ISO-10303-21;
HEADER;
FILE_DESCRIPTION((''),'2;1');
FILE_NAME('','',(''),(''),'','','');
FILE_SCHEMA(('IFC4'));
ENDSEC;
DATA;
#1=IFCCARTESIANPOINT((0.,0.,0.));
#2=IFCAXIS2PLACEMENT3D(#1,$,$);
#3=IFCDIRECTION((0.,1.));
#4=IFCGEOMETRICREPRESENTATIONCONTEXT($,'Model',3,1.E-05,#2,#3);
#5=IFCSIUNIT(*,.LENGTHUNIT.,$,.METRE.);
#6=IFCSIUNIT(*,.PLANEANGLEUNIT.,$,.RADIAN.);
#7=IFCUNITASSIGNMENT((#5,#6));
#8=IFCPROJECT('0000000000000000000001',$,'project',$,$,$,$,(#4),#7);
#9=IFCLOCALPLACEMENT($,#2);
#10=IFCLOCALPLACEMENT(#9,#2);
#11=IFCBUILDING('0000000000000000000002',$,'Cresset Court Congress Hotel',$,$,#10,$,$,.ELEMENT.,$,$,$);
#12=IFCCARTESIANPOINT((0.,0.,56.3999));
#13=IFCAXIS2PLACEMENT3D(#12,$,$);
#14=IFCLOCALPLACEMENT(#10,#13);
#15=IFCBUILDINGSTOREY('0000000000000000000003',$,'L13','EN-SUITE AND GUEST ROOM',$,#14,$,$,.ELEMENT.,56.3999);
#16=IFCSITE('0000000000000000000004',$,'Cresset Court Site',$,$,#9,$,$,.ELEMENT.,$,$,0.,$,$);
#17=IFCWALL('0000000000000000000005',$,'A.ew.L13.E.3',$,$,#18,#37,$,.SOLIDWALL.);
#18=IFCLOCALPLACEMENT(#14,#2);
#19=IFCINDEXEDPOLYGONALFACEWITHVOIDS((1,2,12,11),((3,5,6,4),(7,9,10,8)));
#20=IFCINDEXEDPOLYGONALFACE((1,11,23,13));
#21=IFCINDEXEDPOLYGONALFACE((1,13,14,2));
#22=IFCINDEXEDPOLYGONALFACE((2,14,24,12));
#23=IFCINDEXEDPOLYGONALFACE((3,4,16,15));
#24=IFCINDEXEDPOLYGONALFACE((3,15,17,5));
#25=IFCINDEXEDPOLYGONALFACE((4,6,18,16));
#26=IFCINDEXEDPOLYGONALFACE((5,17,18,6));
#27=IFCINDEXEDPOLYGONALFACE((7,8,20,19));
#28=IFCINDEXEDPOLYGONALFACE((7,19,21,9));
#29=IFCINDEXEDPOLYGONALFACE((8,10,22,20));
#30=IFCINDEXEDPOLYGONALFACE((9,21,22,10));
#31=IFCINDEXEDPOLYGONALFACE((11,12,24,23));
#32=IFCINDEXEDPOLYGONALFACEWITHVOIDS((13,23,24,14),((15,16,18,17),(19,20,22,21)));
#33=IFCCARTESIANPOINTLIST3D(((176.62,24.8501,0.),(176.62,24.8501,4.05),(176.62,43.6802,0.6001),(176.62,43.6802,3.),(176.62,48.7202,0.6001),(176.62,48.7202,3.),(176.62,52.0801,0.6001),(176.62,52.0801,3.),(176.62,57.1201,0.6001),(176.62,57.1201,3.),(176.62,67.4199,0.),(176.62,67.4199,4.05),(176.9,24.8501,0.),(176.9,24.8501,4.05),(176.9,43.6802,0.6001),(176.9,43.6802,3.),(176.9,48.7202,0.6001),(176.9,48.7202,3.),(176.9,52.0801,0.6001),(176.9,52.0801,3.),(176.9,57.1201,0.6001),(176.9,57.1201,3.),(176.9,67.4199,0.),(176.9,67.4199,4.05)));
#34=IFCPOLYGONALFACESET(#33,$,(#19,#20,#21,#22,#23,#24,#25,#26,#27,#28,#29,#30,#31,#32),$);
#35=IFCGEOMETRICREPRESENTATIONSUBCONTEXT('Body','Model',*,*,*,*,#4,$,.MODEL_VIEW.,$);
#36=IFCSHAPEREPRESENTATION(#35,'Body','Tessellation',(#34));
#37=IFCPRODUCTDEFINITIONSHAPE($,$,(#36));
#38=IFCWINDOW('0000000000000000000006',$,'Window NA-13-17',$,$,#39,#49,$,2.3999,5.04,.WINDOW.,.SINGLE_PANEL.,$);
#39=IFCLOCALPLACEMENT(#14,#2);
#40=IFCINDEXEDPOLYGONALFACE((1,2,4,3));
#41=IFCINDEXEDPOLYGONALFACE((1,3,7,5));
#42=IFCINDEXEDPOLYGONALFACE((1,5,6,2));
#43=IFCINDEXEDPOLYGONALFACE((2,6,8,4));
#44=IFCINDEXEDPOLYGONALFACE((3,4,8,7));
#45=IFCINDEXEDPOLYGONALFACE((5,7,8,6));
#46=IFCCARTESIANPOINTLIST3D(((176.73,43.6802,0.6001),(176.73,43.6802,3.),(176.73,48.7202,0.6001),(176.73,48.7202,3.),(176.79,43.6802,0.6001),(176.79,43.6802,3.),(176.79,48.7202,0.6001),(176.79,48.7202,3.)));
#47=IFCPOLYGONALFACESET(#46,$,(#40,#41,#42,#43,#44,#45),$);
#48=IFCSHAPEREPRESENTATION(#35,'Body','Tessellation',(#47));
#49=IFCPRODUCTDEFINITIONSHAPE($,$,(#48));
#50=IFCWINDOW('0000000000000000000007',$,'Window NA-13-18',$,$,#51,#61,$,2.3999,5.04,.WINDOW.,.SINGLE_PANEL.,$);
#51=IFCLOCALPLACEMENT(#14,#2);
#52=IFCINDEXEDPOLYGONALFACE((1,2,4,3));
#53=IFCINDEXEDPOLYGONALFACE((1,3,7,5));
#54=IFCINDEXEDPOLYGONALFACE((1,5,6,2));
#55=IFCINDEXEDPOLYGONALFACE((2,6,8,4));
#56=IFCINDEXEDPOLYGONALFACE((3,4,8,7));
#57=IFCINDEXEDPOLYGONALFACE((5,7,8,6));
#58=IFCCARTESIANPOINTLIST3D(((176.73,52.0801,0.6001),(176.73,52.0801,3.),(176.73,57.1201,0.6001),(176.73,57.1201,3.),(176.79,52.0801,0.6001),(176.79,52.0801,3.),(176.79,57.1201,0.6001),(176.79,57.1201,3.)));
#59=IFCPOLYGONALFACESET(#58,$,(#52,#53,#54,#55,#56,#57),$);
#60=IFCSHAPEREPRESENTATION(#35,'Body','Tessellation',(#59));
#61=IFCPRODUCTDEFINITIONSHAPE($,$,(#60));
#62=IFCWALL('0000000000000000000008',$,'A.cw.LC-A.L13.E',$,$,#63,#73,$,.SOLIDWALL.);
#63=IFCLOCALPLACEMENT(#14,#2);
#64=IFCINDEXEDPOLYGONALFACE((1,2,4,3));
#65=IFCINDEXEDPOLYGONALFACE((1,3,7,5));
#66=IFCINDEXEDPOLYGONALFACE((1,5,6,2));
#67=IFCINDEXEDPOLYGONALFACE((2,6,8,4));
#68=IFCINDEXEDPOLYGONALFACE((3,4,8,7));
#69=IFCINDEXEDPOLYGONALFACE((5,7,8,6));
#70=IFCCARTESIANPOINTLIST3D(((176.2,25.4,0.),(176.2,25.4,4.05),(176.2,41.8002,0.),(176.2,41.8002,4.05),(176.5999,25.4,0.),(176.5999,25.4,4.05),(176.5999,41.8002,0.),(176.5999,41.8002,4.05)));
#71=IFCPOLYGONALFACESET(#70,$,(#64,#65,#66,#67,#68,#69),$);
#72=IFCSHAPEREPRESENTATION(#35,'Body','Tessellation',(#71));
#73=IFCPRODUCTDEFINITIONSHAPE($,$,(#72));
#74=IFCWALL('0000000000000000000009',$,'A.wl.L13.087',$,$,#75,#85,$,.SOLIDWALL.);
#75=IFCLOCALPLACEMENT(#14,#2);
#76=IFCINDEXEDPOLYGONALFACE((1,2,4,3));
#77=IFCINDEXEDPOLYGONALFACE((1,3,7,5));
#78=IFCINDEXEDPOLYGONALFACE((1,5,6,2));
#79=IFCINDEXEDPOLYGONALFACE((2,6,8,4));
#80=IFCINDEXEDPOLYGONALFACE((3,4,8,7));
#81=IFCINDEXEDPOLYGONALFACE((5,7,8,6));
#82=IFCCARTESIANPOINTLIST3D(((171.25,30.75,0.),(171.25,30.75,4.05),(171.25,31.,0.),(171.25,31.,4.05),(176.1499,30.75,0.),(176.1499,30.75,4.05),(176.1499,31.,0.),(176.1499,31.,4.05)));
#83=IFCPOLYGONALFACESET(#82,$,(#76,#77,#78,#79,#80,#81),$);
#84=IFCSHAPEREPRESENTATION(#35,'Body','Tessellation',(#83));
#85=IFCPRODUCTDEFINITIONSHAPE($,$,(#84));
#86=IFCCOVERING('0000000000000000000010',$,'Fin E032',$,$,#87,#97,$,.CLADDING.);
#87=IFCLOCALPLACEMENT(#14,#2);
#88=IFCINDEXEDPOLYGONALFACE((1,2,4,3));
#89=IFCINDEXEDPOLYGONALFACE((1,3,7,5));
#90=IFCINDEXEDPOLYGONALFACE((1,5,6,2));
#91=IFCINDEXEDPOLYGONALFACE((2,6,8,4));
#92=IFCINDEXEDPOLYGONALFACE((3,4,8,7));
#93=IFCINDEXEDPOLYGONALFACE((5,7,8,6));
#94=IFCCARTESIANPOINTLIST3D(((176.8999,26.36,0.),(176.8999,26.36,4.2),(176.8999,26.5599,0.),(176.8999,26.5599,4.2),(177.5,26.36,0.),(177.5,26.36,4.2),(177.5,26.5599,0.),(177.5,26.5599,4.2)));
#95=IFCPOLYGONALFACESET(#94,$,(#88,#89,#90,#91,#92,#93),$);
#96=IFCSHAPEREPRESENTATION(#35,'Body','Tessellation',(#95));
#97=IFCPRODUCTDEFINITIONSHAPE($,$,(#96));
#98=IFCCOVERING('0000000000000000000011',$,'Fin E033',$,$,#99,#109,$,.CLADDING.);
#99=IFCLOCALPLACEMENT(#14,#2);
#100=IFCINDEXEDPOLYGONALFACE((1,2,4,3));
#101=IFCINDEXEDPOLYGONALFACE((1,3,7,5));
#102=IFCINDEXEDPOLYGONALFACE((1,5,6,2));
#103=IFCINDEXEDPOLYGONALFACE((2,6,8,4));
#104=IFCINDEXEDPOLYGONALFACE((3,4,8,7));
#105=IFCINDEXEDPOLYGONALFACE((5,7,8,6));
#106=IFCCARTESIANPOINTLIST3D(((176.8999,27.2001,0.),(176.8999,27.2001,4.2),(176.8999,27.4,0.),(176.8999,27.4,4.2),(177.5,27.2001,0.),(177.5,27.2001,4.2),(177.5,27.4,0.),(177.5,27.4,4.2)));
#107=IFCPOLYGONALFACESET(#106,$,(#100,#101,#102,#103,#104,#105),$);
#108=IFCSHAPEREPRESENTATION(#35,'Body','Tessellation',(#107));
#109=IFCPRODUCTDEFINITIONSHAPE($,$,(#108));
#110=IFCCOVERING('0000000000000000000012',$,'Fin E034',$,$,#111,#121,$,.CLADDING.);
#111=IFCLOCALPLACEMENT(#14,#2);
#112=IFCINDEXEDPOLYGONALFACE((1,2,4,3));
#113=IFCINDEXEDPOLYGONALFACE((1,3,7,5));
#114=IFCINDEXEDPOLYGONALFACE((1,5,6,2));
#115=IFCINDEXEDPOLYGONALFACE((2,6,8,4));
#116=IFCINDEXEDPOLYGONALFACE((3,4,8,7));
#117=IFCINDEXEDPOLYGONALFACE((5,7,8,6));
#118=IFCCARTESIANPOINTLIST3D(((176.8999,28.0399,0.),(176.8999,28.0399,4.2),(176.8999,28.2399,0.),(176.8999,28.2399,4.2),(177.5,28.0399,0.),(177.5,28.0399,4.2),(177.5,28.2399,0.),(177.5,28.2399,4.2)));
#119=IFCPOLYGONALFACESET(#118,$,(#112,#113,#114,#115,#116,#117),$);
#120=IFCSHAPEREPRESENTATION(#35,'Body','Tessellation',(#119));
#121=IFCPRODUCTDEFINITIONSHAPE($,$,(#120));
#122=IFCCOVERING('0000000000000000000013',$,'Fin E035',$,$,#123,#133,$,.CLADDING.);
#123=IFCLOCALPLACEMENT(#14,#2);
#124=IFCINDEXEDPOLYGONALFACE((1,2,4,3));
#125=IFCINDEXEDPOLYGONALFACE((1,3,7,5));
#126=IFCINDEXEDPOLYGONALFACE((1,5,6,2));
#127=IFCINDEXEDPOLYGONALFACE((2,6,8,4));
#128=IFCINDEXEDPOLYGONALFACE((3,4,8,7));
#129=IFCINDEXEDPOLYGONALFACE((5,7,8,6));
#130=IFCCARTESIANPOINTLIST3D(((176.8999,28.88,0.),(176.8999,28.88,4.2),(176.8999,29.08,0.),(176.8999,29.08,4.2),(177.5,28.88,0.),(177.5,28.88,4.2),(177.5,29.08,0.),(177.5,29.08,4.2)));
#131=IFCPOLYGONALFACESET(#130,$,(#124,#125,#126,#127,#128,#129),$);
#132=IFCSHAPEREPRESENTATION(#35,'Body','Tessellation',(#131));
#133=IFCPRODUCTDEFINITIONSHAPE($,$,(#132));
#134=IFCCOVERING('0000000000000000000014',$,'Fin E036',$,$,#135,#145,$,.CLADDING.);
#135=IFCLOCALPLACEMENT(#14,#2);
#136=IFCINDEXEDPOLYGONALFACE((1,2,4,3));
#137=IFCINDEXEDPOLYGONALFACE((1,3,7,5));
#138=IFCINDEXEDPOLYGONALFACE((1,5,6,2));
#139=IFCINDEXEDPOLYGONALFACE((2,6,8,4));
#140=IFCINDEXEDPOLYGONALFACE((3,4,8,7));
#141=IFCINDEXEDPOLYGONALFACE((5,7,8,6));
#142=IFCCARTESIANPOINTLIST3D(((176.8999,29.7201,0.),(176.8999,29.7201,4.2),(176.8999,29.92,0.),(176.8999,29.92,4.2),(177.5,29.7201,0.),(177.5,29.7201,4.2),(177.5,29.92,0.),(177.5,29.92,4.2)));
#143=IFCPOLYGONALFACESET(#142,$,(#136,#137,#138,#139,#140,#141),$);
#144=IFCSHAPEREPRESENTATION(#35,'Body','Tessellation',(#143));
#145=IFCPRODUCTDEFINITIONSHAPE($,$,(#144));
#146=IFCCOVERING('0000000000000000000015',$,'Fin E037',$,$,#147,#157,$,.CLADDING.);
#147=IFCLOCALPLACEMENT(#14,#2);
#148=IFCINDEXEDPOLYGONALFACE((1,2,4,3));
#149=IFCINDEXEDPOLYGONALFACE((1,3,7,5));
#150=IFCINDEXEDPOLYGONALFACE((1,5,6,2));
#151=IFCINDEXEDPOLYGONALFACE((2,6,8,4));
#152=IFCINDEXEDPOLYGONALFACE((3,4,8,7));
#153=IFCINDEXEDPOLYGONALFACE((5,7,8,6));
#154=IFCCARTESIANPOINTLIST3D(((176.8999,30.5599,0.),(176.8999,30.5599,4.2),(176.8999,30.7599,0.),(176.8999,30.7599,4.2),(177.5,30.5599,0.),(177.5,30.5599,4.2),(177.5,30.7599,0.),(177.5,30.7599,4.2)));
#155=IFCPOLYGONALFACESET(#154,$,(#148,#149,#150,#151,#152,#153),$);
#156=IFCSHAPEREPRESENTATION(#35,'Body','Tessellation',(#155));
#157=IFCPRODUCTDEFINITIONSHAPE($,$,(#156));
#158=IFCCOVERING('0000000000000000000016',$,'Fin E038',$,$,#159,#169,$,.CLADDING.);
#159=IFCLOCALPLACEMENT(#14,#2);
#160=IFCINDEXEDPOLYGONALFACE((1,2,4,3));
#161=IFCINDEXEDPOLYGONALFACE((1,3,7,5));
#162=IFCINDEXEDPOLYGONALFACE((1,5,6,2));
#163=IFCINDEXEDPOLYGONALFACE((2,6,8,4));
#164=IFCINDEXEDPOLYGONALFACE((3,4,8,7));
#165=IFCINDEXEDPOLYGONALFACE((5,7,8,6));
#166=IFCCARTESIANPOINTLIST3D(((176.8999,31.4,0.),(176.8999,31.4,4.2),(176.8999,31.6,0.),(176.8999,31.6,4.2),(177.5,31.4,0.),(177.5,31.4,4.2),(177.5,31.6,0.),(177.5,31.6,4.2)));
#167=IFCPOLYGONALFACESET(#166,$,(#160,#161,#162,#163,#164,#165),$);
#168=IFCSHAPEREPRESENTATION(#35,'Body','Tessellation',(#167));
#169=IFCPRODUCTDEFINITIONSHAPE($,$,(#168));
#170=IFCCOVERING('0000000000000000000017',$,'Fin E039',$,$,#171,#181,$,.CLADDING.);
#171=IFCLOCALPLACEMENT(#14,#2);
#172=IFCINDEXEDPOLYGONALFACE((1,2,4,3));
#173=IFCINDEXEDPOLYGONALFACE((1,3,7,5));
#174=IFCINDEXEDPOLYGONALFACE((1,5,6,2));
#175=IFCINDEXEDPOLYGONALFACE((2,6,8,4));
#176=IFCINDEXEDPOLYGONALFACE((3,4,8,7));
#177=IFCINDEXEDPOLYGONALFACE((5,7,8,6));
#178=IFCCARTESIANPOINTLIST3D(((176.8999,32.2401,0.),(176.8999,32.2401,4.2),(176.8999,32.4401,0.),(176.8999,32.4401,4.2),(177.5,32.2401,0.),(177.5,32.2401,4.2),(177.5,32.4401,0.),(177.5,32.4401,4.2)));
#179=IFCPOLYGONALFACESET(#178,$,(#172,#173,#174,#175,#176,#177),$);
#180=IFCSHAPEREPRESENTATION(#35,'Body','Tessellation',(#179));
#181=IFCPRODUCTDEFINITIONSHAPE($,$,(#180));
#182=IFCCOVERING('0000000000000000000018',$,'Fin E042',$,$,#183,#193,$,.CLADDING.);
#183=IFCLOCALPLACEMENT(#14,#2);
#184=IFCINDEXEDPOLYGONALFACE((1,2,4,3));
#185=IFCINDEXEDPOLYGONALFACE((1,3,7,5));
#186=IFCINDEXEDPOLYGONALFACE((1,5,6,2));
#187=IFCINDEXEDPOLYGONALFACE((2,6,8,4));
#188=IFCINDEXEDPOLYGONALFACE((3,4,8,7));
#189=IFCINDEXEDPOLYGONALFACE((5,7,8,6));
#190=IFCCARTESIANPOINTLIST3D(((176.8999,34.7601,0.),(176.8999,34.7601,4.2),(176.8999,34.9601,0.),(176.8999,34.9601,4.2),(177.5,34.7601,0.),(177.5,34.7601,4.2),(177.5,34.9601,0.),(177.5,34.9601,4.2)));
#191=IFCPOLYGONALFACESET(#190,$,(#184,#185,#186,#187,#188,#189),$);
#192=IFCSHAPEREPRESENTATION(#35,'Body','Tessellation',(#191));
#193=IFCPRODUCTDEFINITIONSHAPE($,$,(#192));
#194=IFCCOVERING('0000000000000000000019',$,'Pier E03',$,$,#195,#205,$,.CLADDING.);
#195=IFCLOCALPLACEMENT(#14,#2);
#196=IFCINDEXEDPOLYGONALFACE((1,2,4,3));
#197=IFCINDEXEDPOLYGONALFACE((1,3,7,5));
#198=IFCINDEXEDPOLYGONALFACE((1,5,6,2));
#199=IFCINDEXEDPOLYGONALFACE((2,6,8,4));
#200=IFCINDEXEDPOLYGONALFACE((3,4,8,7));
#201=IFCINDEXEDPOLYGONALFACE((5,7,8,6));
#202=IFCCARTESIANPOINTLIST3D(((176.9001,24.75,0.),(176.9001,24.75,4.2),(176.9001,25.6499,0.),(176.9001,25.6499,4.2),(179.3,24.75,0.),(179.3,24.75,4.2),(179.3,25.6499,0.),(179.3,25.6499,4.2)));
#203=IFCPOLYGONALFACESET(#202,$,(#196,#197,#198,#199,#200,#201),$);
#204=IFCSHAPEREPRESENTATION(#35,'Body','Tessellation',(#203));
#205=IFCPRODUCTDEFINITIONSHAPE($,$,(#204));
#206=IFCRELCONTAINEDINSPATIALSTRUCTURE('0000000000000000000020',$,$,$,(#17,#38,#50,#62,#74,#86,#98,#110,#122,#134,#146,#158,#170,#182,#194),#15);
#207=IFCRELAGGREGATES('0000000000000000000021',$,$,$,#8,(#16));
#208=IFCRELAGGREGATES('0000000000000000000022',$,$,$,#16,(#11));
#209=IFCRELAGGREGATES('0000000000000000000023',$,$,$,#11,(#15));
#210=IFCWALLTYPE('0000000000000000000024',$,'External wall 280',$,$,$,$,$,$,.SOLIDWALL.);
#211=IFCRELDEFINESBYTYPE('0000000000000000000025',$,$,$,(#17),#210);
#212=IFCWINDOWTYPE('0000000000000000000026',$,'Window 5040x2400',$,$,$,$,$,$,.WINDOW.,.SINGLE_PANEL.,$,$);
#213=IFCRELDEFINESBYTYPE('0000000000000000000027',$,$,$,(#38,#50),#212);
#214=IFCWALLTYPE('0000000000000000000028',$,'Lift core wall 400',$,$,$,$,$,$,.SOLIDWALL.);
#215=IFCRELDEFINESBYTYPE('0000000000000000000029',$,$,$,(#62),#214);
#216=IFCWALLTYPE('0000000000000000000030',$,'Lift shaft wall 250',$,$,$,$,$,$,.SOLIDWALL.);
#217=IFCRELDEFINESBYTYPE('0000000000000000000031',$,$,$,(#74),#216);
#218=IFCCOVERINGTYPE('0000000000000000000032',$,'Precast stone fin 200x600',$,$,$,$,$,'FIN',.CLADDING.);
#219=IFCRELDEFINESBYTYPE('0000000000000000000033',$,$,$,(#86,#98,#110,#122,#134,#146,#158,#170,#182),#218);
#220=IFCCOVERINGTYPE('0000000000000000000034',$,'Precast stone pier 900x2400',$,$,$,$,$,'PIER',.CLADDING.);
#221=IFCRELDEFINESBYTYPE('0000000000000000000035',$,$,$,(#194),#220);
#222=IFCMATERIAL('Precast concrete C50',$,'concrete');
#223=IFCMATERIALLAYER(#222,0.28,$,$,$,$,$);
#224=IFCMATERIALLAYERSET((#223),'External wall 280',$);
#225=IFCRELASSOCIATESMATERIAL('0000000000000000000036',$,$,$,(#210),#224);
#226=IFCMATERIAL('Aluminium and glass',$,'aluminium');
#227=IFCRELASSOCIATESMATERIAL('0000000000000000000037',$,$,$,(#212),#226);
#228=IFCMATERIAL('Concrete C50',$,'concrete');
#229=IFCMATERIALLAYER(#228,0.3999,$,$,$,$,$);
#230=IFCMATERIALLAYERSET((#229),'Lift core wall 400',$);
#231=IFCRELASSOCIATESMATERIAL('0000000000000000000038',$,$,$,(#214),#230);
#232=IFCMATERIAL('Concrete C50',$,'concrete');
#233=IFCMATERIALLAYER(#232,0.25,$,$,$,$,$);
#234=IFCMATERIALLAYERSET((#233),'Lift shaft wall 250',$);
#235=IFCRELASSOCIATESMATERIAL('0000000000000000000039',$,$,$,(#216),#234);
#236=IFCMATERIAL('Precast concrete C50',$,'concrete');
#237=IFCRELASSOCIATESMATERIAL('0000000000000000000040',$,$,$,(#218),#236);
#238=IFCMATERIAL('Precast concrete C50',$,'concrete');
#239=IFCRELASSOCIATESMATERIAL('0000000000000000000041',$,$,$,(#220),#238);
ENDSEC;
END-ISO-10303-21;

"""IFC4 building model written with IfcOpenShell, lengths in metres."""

from ifc_helpers import new_model, si_unit, direction, frame, frame_2d, origin, origin_2d, place, context, subcontext, project, spatial, rectangle, extrude, material, layer, layer_set, type_object, element, fill, save


model = new_model("IFC4")

# Units and contexts
model_context = context("Model", 3, precision=1e-05, world=origin(), true_north=direction((0.0, 1.0)))
body_context = subcontext(model_context, "Body", "Model", "MODEL_VIEW")
ifc_project = project(units=[si_unit("LENGTHUNIT", "METRE"), si_unit("PLANEANGLEUNIT", "RADIAN")], contexts=[model_context])

# Site, building, storey
site_placement = place(None, origin())
site = spatial("IfcSite", under=ifc_project, at=site_placement, Name="Cresset Court Site", CompositionType="ELEMENT", RefElevation=0.0)
building_placement = place(site_placement, origin())
building = spatial("IfcBuilding", under=site, at=building_placement, Name="Cresset Court Congress Hotel", CompositionType="ELEMENT")
storey_placement = place(building_placement, frame((0.0, 0.0, 56.3999)))
storey = spatial("IfcBuildingStorey", under=building, at=storey_placement, Name="L13", Description="EN-SUITE AND GUEST ROOM", CompositionType="ELEMENT", Elevation=56.3999)

# Wall, openings, windows
ifc_material_1 = material(Name="Precast concrete C50", Category="concrete")
ifc_layer_1 = layer(ifc_material_1, 0.28)
ifc_layer_set_1 = layer_set([ifc_layer_1], Name="External wall 280")
wall_type_1 = type_object("IfcWallType", Name="External wall 280", PredefinedType="SOLIDWALL", material=ifc_layer_set_1)
wall_1_placement = place(storey_placement, frame((176.76, 24.8501, 0.0), z_axis=(0.0, 0.0, 1.0), x_axis=(0.0, 1.0, 0.0)))
wall_1 = element("IfcWall", 1, at=wall_1_placement, inside=storey, type_object=wall_type_1, Name="A.ew.L13.E.3", PredefinedType="SOLIDWALL", context=body_context, shape_type="SweptSolid", body=[
    extrude(rectangle(XDim=42.5698, YDim=0.28, at=frame_2d((21.2849, 0.0))), origin(), (0.0, 0.0, 1.0), 4.05),
])
opening_1_placement = place(wall_1_placement, frame((18.8301, 0.0, 0.6001)))
opening_1 = element("IfcOpeningElement", 2, at=opening_1_placement, cuts=wall_1, PredefinedType="OPENING", context=body_context, shape_type="SweptSolid", body=[
    extrude(rectangle(XDim=5.04, YDim=2.3999, at=frame_2d((2.52, 1.2))), frame((0.0, 0.1499, 0.0), z_axis=(0.0, -1.0, 0.0), x_axis=(1.0, 0.0, 0.0)), (0.0, 0.0, 1.0), 0.3),
])
opening_2_placement = place(wall_1_placement, frame((27.23, 0.0, 0.6001)))
opening_2 = element("IfcOpeningElement", 3, at=opening_2_placement, cuts=wall_1, PredefinedType="OPENING", context=body_context, shape_type="SweptSolid", body=[
    extrude(rectangle(XDim=5.04, YDim=2.3999, at=frame_2d((2.52, 1.2))), frame((0.0, 0.1499, 0.0), z_axis=(0.0, -1.0, 0.0), x_axis=(1.0, 0.0, 0.0)), (0.0, 0.0, 1.0), 0.3),
])
ifc_material_2 = material(Name="Aluminium and glass", Category="aluminium")
window_type = type_object("IfcWindowType", Name="Window 5040x2400", PartitioningType="SINGLE_PANEL", PredefinedType="WINDOW", material=ifc_material_2)
window_1_placement = place(opening_1_placement, origin())
window_1 = element("IfcWindow", 4, at=window_1_placement, inside=storey, type_object=window_type, Name="Window NA-13-17", OverallHeight=2.3999, OverallWidth=5.04, PartitioningType="SINGLE_PANEL", PredefinedType="WINDOW", context=body_context, shape_type="SweptSolid", body=[
    extrude(rectangle(XDim=5.04, YDim=2.3999, at=frame_2d((2.52, 1.2))), frame((0.0, 0.03, 0.0), z_axis=(0.0, -1.0, 0.0), x_axis=(1.0, 0.0, 0.0)), (0.0, 0.0, 1.0), 0.0601),
])
fill(opening_1, window_1)
window_2_placement = place(opening_2_placement, origin())
window_2 = element("IfcWindow", 5, at=window_2_placement, inside=storey, type_object=window_type, Name="Window NA-13-18", OverallHeight=2.3999, OverallWidth=5.04, PartitioningType="SINGLE_PANEL", PredefinedType="WINDOW", context=body_context, shape_type="SweptSolid", body=[
    extrude(rectangle(XDim=5.04, YDim=2.3999, at=frame_2d((2.52, 1.2))), frame((0.0, 0.03, 0.0), z_axis=(0.0, -1.0, 0.0), x_axis=(1.0, 0.0, 0.0)), (0.0, 0.0, 1.0), 0.0601),
])
fill(opening_2, window_2)

# Walls
ifc_material_3 = material(Name="Concrete C50", Category="concrete")
ifc_layer_2 = layer(ifc_material_3, 0.3999)
ifc_layer_set_2 = layer_set([ifc_layer_2], Name="Lift core wall 400")
wall_type_2 = type_object("IfcWallType", Name="Lift core wall 400", PredefinedType="SOLIDWALL", material=ifc_layer_set_2)
wall_2_placement = place(storey_placement, frame((176.3999, 25.3999, 0.0), z_axis=(0.0, 0.0, 1.0), x_axis=(0.0, 1.0, 0.0)))
element("IfcWall", 6, at=wall_2_placement, inside=storey, type_object=wall_type_2, Name="A.cw.LC-A.L13.E", PredefinedType="SOLIDWALL", context=body_context, shape_type="SweptSolid", body=[
    extrude(rectangle(XDim=16.4001, YDim=0.3999, at=frame_2d((8.2002, 0.0))), origin(), (0.0, 0.0, 1.0), 4.05),
])
ifc_material_4 = material(Name="Concrete C50", Category="concrete")
ifc_layer_3 = layer(ifc_material_4, 0.25)
ifc_layer_set_3 = layer_set([ifc_layer_3], Name="Lift shaft wall 250")
wall_type_3 = type_object("IfcWallType", Name="Lift shaft wall 250", PredefinedType="SOLIDWALL", material=ifc_layer_set_3)
wall_3_placement = place(storey_placement, frame((171.25, 30.875, 0.0), z_axis=(0.0, 0.0, 1.0), x_axis=(1.0, 0.0, 0.0)))
element("IfcWall", 7, at=wall_3_placement, inside=storey, type_object=wall_type_3, Name="A.wl.L13.087", PredefinedType="SOLIDWALL", context=body_context, shape_type="SweptSolid", body=[
    extrude(rectangle(XDim=4.8999, YDim=0.25, at=frame_2d((2.45, 0.0))), origin(), (0.0, 0.0, 1.0), 4.05),
])

# Coverings
ifc_material_5 = material(Name="Precast concrete C50", Category="concrete")
covering_type_1 = type_object("IfcCoveringType", Name="Precast stone fin 200x600", ElementType="FIN", PredefinedType="CLADDING", material=ifc_material_5)
for number, where, z_axis, x_axis, name in (
    (8, (177.2, 26.46, 0.0), (0.0, 0.0, 1.0), (1.0, 0.0, 0.0), "Fin E032"),
    (9, (177.2, 27.3, 0.0), (0.0, 0.0, 1.0), (1.0, 0.0, 0.0), "Fin E033"),
    (10, (177.2, 28.1399, 0.0), (0.0, 0.0, 1.0), (1.0, 0.0, 0.0), "Fin E034"),
    (11, (177.2, 28.98, 0.0), (0.0, 0.0, 1.0), (1.0, 0.0, 0.0), "Fin E035"),
    (12, (177.2, 29.8201, 0.0), (0.0, 0.0, 1.0), (1.0, 0.0, 0.0), "Fin E036"),
    (13, (177.2, 30.6599, 0.0), (0.0, 0.0, 1.0), (1.0, 0.0, 0.0), "Fin E037"),
    (14, (177.2, 31.5, 0.0), (0.0, 0.0, 1.0), (1.0, 0.0, 0.0), "Fin E038"),
    (15, (177.2, 32.3401, 0.0), (0.0, 0.0, 1.0), (1.0, 0.0, 0.0), "Fin E039"),
    (16, (177.2, 34.8601, 0.0), (0.0, 0.0, 1.0), (1.0, 0.0, 0.0), "Fin E042"),
):
    element("IfcCovering", number, at=place(storey_placement, frame(where, z_axis=z_axis, x_axis=x_axis)), inside=storey, type_object=covering_type_1, Name=name, PredefinedType="CLADDING", context=body_context, shape_type="SweptSolid", body=[
        extrude(rectangle(XDim=0.6001, YDim=0.2, at=origin_2d()), origin(), (0.0, 0.0, 1.0), 4.2),
    ])
ifc_material_6 = material(Name="Precast concrete C50", Category="concrete")
covering_type_2 = type_object("IfcCoveringType", Name="Precast stone pier 900x2400", ElementType="PIER", PredefinedType="CLADDING", material=ifc_material_6)
for number, where, z_axis, x_axis, name in (
    (17, (178.1001, 25.2, 0.0), (0.0, 0.0, 1.0), (1.0, 0.0, 0.0), "Pier E03"),
):
    element("IfcCovering", number, at=place(storey_placement, frame(where, z_axis=z_axis, x_axis=x_axis)), inside=storey, type_object=covering_type_2, Name=name, PredefinedType="CLADDING", context=body_context, shape_type="SweptSolid", body=[
        extrude(rectangle(XDim=2.3999, YDim=0.8999, at=origin_2d()), origin(), (0.0, 0.0, 1.0), 4.2),
    ])

save(model, "model.ifc")
